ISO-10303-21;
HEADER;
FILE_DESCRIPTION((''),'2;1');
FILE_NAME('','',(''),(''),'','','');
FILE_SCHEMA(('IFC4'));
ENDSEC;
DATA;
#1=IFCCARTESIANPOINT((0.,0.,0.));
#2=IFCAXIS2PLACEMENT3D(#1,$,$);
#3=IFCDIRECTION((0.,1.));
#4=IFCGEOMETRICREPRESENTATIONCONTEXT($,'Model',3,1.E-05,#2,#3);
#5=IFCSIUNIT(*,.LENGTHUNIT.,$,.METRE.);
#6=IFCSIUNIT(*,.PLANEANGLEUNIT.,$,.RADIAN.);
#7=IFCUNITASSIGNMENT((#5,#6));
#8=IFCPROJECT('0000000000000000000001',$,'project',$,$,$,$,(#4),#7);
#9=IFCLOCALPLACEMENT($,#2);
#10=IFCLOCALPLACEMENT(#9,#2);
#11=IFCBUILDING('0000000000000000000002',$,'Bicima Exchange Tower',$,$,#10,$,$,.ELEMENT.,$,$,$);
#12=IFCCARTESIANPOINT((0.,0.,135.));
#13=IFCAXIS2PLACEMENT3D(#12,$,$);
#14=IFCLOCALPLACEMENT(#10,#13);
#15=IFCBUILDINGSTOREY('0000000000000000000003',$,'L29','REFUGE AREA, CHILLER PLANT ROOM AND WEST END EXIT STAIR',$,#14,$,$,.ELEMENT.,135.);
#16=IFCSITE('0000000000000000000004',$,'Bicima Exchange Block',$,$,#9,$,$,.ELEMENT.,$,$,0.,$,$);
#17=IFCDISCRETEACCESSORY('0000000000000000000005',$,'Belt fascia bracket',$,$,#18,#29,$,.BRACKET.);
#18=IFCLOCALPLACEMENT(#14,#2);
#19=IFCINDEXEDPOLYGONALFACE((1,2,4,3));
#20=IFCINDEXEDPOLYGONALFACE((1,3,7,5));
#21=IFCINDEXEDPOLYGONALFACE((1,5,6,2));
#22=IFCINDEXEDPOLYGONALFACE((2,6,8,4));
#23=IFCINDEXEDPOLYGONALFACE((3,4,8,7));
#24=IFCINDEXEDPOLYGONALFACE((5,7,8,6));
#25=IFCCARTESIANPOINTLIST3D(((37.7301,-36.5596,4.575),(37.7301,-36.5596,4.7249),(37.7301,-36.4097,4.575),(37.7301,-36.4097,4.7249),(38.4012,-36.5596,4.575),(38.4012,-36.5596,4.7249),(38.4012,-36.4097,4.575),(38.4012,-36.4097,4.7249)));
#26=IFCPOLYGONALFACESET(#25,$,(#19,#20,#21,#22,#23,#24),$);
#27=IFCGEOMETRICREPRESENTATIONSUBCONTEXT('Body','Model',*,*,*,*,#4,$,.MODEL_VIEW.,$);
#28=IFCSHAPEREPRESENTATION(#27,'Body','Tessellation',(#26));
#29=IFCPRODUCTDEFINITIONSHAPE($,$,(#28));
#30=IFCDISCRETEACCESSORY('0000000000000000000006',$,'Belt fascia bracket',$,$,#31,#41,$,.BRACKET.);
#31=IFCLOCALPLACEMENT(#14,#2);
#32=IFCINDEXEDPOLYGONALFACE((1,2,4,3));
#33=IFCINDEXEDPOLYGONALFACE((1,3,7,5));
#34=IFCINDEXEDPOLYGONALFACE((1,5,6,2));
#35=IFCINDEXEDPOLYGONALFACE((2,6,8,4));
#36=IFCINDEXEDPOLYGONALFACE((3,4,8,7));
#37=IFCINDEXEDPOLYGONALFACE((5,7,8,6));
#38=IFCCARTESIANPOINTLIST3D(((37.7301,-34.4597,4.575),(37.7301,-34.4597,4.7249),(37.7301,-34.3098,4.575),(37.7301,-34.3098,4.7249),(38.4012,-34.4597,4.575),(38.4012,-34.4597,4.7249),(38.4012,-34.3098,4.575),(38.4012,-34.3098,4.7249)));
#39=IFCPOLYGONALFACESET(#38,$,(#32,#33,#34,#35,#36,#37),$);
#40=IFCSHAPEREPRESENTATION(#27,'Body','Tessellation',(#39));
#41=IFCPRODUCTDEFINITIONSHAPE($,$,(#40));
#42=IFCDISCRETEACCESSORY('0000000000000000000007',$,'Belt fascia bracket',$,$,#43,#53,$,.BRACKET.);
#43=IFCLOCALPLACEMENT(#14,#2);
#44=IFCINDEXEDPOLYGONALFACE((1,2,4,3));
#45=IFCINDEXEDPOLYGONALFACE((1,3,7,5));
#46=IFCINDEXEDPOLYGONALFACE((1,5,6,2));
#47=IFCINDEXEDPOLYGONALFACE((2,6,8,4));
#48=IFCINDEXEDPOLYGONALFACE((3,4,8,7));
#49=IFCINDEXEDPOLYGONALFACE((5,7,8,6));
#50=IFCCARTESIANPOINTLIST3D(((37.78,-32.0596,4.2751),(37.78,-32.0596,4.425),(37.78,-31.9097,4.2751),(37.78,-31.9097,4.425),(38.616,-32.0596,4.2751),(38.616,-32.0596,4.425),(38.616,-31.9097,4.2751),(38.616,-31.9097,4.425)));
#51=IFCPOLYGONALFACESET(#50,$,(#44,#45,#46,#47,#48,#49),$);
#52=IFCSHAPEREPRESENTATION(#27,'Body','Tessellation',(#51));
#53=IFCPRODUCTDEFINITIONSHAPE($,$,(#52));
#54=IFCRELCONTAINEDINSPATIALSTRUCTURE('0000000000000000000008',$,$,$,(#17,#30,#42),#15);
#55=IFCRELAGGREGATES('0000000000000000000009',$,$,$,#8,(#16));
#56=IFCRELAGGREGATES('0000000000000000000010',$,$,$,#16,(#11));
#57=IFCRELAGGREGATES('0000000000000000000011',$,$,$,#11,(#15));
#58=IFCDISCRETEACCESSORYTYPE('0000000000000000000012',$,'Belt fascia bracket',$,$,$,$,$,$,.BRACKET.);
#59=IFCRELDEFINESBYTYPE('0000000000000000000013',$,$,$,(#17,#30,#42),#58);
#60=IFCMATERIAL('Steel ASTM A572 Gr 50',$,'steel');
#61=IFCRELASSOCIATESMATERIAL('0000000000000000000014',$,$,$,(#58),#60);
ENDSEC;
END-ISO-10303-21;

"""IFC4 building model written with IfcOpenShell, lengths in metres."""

from ifc_helpers import new_model, si_unit, direction, frame, origin, origin_2d, place, context, subcontext, project, spatial, rectangle, extrude, material, type_object, element, save


model = new_model("IFC4")

# Units and contexts
model_context = context("Model", 3, precision=1e-05, world=origin(), true_north=direction((0.0, 1.0)))
body_context = subcontext(model_context, "Body", "Model", "MODEL_VIEW")
ifc_project = project(units=[si_unit("LENGTHUNIT", "METRE"), si_unit("PLANEANGLEUNIT", "RADIAN")], contexts=[model_context])

# Site, building, storey
site_placement = place(None, origin())
site = spatial("IfcSite", under=ifc_project, at=site_placement, Name="Bicima Exchange Block", CompositionType="ELEMENT", RefElevation=0.0)
building_placement = place(site_placement, origin())
building = spatial("IfcBuilding", under=site, at=building_placement, Name="Bicima Exchange Tower", CompositionType="ELEMENT")
storey_placement = place(building_placement, frame((0.0, 0.0, 135.0)))
storey = spatial("IfcBuildingStorey", under=building, at=storey_placement, Name="L29", Description="REFUGE AREA, CHILLER PLANT ROOM AND WEST END EXIT STAIR", CompositionType="ELEMENT", Elevation=135.0)

# Shared definitions
ifc_material_1 = material(Name="Steel ASTM A572 Gr 50", Category="steel")

# Discrete accessories
discrete_accessory_type = type_object("IfcDiscreteAccessoryType", Name="Belt fascia bracket", PredefinedType="BRACKET", material=ifc_material_1)
for number, where, z_axis, x_axis, name in (
    (1, (38.0657, -36.4846, 4.575), (0.0, 0.0, 1.0), (0.0, 1.0, 0.0), "Belt fascia bracket"),
    (2, (38.0657, -34.3848, 4.575), (0.0, 0.0, 1.0), (0.0, 1.0, 0.0), "Belt fascia bracket"),
):
    element("IfcDiscreteAccessory", number, at=place(storey_placement, frame(where, z_axis=z_axis, x_axis=x_axis)), inside=storey, type_object=discrete_accessory_type, Name=name, PredefinedType="BRACKET", context=body_context, shape_type="SweptSolid", body=[
        extrude(rectangle(XDim=0.1499, YDim=0.6711, at=origin_2d()), origin(), (0.0, 0.0, 1.0), 0.1499),
    ])
discrete_accessory_placement = place(storey_placement, frame((38.198, -31.9846, 4.2751), z_axis=(0.0, 0.0, 1.0), x_axis=(0.0, 1.0, 0.0)))
element("IfcDiscreteAccessory", 3, at=discrete_accessory_placement, inside=storey, type_object=discrete_accessory_type, Name="Belt fascia bracket", PredefinedType="BRACKET", context=body_context, shape_type="SweptSolid", body=[
    extrude(rectangle(XDim=0.1499, YDim=0.8359, at=origin_2d()), origin(), (0.0, 0.0, 1.0), 0.1499),
])

save(model, "model.ifc")
